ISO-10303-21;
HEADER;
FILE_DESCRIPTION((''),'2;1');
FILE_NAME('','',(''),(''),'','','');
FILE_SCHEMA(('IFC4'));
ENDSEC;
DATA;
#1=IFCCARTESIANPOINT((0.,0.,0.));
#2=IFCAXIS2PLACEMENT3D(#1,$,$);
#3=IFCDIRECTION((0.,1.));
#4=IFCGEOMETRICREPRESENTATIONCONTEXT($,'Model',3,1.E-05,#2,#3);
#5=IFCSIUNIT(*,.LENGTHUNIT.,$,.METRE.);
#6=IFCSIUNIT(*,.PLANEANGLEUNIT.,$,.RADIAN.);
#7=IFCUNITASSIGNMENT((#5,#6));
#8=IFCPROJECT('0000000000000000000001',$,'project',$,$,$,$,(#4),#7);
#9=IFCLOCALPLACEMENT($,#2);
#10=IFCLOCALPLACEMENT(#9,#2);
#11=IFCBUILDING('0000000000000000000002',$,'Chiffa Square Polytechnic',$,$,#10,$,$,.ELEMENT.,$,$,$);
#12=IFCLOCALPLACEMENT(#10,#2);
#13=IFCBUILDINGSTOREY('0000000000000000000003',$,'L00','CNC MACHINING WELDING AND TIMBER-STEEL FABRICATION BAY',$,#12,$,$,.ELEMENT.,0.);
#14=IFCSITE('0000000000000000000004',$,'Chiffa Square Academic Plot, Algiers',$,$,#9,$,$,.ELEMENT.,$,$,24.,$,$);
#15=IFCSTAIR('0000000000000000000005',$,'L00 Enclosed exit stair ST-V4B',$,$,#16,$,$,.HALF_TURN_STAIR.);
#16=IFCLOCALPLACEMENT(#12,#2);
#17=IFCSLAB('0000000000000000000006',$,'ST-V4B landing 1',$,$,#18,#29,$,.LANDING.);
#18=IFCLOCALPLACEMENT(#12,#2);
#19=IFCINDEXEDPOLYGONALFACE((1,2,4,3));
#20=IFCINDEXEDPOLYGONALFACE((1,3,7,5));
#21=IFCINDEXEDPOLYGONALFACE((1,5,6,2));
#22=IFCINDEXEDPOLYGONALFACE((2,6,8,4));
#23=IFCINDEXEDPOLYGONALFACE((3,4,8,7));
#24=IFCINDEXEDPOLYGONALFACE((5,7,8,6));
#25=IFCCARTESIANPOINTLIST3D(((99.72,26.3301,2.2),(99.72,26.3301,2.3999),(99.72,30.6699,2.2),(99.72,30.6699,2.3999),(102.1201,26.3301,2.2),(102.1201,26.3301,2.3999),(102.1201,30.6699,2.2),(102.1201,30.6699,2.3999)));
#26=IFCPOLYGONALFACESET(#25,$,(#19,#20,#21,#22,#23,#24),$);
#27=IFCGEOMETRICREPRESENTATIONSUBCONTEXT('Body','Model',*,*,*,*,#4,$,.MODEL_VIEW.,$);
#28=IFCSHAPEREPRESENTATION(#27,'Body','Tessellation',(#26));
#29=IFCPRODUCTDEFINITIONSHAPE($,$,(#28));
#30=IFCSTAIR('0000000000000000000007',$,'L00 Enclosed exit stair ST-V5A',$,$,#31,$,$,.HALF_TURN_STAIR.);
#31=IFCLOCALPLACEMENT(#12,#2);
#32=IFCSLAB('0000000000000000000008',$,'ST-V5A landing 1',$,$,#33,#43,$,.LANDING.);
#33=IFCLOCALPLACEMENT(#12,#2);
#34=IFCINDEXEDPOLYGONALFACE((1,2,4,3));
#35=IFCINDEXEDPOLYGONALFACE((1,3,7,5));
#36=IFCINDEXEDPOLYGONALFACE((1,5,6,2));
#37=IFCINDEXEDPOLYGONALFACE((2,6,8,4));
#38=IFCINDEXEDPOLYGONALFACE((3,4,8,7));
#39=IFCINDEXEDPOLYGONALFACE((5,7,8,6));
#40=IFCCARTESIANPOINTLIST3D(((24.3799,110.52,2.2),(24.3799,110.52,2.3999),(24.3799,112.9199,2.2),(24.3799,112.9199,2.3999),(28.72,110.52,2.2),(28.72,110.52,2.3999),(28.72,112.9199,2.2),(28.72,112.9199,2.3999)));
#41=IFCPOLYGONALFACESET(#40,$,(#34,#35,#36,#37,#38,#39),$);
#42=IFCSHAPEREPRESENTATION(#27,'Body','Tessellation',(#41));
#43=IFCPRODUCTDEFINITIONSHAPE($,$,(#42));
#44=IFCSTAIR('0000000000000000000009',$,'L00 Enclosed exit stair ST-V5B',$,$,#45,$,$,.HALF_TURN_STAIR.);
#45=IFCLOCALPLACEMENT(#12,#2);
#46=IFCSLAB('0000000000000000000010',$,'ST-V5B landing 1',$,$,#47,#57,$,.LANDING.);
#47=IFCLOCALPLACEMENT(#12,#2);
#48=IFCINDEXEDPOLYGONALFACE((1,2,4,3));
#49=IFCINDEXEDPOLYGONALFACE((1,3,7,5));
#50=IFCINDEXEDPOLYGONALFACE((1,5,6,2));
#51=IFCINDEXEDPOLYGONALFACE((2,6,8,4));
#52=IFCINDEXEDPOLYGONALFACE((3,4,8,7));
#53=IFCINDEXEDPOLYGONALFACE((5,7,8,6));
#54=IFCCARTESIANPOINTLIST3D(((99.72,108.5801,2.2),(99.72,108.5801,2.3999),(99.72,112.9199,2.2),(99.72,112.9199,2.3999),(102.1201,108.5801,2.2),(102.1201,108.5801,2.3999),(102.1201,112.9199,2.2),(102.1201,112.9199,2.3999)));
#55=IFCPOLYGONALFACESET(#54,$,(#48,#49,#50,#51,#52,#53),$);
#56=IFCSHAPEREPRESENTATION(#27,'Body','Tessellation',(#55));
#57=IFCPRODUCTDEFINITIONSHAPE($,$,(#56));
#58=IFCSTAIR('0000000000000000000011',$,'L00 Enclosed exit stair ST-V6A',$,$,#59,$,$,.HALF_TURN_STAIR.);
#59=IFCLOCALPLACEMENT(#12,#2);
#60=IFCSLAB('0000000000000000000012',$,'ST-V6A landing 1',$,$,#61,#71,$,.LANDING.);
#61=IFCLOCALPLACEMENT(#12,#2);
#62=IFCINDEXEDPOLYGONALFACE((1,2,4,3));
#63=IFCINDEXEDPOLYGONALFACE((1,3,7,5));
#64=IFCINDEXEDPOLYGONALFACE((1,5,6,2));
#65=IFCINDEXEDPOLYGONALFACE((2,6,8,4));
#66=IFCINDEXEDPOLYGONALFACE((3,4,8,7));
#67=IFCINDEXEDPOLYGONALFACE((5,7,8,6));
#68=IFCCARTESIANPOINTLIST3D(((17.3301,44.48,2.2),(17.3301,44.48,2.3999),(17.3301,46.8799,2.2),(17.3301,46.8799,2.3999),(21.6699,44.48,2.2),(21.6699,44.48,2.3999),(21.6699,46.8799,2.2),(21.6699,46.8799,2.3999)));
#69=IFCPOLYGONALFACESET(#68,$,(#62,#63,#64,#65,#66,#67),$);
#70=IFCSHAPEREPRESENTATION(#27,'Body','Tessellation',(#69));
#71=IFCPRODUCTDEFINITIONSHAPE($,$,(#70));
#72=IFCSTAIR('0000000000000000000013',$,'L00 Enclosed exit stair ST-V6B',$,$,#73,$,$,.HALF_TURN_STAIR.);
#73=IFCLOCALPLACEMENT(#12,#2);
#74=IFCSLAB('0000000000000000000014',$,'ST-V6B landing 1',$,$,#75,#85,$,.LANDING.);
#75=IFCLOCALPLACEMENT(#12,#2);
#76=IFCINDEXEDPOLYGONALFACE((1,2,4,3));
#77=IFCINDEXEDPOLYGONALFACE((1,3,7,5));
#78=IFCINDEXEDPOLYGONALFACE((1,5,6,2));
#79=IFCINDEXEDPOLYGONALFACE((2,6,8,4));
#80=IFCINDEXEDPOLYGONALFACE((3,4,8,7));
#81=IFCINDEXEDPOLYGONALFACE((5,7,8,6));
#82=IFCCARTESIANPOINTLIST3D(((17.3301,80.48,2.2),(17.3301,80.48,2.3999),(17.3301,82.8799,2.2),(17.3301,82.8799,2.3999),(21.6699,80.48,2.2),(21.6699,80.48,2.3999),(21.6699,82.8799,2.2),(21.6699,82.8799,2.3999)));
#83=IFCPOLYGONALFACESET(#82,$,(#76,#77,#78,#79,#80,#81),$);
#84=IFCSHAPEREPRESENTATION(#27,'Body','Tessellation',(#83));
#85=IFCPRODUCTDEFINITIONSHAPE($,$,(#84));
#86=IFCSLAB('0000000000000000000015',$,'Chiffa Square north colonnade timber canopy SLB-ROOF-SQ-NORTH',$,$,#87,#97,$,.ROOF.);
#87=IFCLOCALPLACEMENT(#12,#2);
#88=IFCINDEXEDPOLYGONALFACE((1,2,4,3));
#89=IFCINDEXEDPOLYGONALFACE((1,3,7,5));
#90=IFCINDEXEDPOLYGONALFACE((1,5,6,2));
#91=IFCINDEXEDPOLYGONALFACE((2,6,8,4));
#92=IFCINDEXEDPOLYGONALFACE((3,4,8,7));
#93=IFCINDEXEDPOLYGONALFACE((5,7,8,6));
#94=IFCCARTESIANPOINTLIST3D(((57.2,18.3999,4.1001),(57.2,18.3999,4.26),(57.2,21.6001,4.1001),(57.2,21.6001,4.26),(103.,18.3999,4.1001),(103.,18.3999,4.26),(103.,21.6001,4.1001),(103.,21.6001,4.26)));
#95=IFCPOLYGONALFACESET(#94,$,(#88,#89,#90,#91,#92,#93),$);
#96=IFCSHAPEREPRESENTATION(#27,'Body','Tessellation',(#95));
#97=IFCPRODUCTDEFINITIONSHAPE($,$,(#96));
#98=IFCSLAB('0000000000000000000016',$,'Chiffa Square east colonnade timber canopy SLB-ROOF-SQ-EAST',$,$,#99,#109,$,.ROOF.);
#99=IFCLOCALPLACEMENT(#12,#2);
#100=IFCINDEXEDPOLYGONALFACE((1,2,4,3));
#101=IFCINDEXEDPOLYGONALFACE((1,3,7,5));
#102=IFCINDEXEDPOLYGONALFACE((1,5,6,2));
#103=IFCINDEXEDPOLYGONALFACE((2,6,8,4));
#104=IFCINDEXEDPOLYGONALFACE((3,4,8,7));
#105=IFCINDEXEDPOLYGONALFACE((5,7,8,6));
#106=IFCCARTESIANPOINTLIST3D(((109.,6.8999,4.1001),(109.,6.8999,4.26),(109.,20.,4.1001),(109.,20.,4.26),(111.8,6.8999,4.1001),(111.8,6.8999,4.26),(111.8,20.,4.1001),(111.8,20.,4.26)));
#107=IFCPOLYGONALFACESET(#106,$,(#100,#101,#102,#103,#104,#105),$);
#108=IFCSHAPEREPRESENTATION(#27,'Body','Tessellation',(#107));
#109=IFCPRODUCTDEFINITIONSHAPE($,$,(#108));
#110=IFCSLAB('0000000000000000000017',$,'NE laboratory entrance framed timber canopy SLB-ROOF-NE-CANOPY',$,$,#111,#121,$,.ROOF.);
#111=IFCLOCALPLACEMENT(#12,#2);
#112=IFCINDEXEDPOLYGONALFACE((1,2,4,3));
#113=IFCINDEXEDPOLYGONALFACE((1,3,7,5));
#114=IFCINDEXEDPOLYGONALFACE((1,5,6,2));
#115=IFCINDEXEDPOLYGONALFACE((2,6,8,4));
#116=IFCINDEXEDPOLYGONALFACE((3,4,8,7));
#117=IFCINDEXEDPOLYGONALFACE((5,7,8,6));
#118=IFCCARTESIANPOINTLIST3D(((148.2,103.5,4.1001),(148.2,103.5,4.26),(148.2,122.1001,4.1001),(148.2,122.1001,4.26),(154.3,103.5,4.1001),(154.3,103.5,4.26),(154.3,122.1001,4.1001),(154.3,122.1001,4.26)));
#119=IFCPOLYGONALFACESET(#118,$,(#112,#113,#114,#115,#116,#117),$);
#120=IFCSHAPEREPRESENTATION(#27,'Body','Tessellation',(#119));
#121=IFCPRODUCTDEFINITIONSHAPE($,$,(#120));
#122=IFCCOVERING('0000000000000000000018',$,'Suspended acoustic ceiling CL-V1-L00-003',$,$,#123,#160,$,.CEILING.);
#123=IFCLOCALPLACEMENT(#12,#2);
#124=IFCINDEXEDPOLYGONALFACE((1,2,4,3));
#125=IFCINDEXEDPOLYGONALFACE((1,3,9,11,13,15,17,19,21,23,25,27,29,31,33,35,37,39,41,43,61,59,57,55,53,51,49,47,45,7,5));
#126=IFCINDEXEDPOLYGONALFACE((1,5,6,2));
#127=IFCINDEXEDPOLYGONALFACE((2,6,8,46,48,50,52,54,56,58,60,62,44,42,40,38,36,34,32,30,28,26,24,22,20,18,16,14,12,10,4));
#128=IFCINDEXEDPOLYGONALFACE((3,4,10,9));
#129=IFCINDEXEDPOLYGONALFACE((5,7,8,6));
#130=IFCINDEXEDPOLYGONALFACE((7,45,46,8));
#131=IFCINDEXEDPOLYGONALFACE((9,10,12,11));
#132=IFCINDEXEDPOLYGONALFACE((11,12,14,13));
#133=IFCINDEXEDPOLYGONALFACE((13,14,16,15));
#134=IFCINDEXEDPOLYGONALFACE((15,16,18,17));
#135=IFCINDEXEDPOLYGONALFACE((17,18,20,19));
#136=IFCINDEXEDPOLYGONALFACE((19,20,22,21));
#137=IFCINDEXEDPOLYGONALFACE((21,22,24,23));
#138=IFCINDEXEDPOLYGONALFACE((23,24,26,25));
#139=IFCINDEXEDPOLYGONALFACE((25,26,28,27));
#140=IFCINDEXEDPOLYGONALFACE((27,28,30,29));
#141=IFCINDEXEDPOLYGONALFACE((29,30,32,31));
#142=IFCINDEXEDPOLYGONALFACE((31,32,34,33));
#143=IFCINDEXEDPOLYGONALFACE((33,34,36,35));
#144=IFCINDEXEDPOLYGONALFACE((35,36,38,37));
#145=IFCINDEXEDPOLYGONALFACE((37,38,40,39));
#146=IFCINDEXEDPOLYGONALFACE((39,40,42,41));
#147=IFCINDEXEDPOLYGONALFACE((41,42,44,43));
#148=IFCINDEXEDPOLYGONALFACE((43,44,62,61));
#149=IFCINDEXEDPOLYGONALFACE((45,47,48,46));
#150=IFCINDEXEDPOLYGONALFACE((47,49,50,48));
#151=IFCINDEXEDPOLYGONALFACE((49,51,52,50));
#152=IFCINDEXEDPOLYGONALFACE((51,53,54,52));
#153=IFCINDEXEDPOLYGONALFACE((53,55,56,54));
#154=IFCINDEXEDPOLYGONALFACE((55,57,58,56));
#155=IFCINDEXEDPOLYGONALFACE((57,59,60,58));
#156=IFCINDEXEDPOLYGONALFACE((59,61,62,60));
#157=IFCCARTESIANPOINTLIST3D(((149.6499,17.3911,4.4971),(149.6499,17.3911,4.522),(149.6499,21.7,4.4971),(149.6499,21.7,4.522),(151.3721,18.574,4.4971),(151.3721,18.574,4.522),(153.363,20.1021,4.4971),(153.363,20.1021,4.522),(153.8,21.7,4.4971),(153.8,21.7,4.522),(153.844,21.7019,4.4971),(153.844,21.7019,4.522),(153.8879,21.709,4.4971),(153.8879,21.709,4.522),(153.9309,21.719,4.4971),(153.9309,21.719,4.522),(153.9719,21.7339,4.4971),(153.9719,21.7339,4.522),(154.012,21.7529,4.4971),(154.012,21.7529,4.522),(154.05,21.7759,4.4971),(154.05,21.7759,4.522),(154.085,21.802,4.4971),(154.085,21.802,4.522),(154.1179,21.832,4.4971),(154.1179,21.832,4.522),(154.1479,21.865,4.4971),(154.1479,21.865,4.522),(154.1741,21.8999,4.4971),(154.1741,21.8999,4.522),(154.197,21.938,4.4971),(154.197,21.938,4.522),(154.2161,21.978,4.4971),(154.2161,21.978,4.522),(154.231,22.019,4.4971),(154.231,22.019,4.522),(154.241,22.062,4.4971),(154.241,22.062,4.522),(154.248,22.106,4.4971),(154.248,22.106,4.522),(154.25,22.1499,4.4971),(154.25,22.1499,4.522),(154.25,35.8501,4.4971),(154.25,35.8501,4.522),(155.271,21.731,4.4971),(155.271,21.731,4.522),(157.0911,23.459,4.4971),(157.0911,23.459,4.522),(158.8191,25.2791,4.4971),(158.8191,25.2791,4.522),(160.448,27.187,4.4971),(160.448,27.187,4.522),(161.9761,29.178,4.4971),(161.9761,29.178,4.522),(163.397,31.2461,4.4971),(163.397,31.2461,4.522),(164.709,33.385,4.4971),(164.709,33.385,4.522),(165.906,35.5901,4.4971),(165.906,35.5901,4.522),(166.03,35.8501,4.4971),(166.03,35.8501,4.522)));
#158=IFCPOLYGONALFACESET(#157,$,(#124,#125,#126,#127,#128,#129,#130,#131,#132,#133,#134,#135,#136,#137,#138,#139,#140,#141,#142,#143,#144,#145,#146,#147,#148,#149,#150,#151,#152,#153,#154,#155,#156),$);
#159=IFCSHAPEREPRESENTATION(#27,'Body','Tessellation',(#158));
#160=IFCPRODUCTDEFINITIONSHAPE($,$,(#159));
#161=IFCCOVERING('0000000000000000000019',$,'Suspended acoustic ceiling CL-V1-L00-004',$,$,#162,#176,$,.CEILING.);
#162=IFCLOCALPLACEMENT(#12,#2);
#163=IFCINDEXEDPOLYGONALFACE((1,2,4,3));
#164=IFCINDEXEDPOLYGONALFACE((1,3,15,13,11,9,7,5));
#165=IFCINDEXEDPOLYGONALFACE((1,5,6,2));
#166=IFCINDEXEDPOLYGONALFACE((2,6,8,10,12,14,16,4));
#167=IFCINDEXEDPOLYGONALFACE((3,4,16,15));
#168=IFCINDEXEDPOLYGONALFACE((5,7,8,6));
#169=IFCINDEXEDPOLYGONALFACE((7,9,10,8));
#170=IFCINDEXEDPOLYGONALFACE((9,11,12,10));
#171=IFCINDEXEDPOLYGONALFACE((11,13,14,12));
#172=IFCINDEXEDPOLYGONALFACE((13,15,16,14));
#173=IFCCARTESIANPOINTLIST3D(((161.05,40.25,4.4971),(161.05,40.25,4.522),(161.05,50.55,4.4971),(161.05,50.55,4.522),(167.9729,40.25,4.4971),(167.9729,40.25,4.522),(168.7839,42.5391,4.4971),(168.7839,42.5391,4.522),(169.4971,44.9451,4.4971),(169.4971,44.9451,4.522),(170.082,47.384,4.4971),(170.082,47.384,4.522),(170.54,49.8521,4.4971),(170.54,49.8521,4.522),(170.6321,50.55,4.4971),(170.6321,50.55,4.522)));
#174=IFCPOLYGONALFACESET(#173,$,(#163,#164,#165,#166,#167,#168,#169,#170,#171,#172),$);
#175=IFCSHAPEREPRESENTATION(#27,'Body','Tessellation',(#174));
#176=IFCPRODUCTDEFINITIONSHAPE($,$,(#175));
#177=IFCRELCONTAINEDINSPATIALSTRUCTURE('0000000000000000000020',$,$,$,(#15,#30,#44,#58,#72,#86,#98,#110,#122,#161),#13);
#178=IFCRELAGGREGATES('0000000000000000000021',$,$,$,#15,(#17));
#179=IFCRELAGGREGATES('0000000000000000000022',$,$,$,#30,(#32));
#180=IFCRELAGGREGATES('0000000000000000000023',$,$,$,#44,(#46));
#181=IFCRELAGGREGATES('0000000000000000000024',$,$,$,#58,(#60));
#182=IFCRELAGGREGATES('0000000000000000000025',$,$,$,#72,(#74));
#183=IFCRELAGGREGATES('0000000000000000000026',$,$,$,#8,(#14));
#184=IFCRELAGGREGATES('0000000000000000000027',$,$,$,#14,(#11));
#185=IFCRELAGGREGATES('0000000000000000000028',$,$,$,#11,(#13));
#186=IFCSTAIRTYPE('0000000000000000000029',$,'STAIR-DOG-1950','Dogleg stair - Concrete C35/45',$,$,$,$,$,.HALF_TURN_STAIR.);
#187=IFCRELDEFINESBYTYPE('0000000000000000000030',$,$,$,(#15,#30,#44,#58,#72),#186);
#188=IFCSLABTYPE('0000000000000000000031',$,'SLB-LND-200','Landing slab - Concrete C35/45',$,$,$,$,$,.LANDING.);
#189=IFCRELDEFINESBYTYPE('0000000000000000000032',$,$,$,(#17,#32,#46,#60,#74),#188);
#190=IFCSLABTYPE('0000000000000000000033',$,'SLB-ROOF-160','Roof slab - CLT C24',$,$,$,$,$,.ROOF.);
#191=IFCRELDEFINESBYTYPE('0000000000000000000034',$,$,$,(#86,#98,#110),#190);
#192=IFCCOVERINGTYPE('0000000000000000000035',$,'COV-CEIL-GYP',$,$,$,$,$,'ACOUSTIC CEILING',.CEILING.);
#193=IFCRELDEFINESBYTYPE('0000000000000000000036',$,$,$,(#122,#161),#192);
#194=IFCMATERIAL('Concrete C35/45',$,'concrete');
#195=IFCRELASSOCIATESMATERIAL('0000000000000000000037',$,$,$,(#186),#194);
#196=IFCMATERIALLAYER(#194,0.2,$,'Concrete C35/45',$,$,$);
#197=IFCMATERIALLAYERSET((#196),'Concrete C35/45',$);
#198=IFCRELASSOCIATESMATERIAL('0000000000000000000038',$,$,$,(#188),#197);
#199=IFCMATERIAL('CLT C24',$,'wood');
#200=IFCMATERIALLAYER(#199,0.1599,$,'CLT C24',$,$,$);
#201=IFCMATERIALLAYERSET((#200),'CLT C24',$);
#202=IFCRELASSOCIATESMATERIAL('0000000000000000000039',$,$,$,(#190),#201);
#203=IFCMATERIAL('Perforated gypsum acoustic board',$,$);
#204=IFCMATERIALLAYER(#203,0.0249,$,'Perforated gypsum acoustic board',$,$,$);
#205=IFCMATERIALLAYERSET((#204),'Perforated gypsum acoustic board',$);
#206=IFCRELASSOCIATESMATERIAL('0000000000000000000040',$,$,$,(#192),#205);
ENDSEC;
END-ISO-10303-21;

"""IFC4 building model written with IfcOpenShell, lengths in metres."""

from ifc_helpers import new_model, si_unit, direction, frame, origin, place, context, subcontext, project, spatial, polyline, outline, extrude, material, layer, layer_set, type_object, element, aggregate, save


model = new_model("IFC4")

# Units and contexts
model_context = context("Model", 3, precision=1e-05, world=origin(), true_north=direction((0.0, 1.0)))
body_context = subcontext(model_context, "Body", "Model", "MODEL_VIEW")
ifc_project = project(units=[si_unit("LENGTHUNIT", "METRE"), si_unit("PLANEANGLEUNIT", "RADIAN")], contexts=[model_context])

# Site, building, storey
site_placement = place(None, origin())
site = spatial("IfcSite", under=ifc_project, at=site_placement, Name="Chiffa Square Academic Plot, Algiers", CompositionType="ELEMENT", RefElevation=24.0)
building_placement = place(site_placement, origin())
building = spatial("IfcBuilding", under=site, at=building_placement, Name="Chiffa Square Polytechnic", CompositionType="ELEMENT")
storey_placement = place(building_placement, origin())
storey = spatial("IfcBuildingStorey", under=building, at=storey_placement, Name="L00", Description="CNC MACHINING WELDING AND TIMBER-STEEL FABRICATION BAY", CompositionType="ELEMENT", Elevation=0.0)

# Stairs, slabs
ifc_material_1 = material(Name="Concrete C35/45", Category="concrete")
stair_type_1 = type_object("IfcStairType", Name="STAIR-DOG-1950", Description="Dogleg stair - Concrete C35/45", PredefinedType="HALF_TURN_STAIR", material=ifc_material_1)
ifc_layer_1 = layer(ifc_material_1, 0.2, Name="Concrete C35/45")
ifc_layer_set_1 = layer_set([ifc_layer_1], Name="Concrete C35/45")
slab_type_1 = type_object("IfcSlabType", Name="SLB-LND-200", Description="Landing slab - Concrete C35/45", PredefinedType="LANDING", material=ifc_layer_set_1)
stair_1_placement = place(storey_placement, origin())
stair_1 = element("IfcStair", 1, at=stair_1_placement, inside=storey, type_object=stair_type_1, Name="L00 Enclosed exit stair ST-V4B", PredefinedType="HALF_TURN_STAIR")
slab_1_placement = place(storey_placement, frame((0.0, 0.0, 2.2)))
slab_1 = element("IfcSlab", 2, at=slab_1_placement, type_object=slab_type_1, Name="ST-V4B landing 1", PredefinedType="LANDING", context=body_context, shape_type="SweptSolid", body=[
    extrude(outline(polyline([(99.72, 26.3301), (99.72, 30.6699), (102.1201, 30.6699), (102.1201, 26.3301), (99.72, 26.3301)])), origin(), (0.0, 0.0, 1.0), 0.2),
])
aggregate(stair_1, [slab_1])
stair_2_placement = place(storey_placement, origin())
stair_2 = element("IfcStair", 3, at=stair_2_placement, inside=storey, type_object=stair_type_1, Name="L00 Enclosed exit stair ST-V5A", PredefinedType="HALF_TURN_STAIR")
slab_2_placement = place(storey_placement, frame((0.0, 0.0, 2.2)))
slab_2 = element("IfcSlab", 4, at=slab_2_placement, type_object=slab_type_1, Name="ST-V5A landing 1", PredefinedType="LANDING", context=body_context, shape_type="SweptSolid", body=[
    extrude(outline(polyline([(28.72, 110.52), (24.3799, 110.52), (24.3799, 112.9199), (28.72, 112.9199), (28.72, 110.52)])), origin(), (0.0, 0.0, 1.0), 0.2),
])
aggregate(stair_2, [slab_2])
stair_3_placement = place(storey_placement, origin())
stair_3 = element("IfcStair", 5, at=stair_3_placement, inside=storey, type_object=stair_type_1, Name="L00 Enclosed exit stair ST-V5B", PredefinedType="HALF_TURN_STAIR")
slab_3_placement = place(storey_placement, frame((0.0, 0.0, 2.2)))
slab_3 = element("IfcSlab", 6, at=slab_3_placement, type_object=slab_type_1, Name="ST-V5B landing 1", PredefinedType="LANDING", context=body_context, shape_type="SweptSolid", body=[
    extrude(outline(polyline([(99.72, 108.5801), (99.72, 112.9199), (102.1201, 112.9199), (102.1201, 108.5801), (99.72, 108.5801)])), origin(), (0.0, 0.0, 1.0), 0.2),
])
aggregate(stair_3, [slab_3])
stair_4_placement = place(storey_placement, origin())
stair_4 = element("IfcStair", 7, at=stair_4_placement, inside=storey, type_object=stair_type_1, Name="L00 Enclosed exit stair ST-V6A", PredefinedType="HALF_TURN_STAIR")
slab_4_placement = place(storey_placement, frame((0.0, 0.0, 2.2)))
slab_4 = element("IfcSlab", 8, at=slab_4_placement, type_object=slab_type_1, Name="ST-V6A landing 1", PredefinedType="LANDING", context=body_context, shape_type="SweptSolid", body=[
    extrude(outline(polyline([(17.3301, 46.8799), (21.6699, 46.8799), (21.6699, 44.48), (17.3301, 44.48), (17.3301, 46.8799)])), origin(), (0.0, 0.0, 1.0), 0.2),
])
aggregate(stair_4, [slab_4])
stair_5_placement = place(storey_placement, origin())
stair_5 = element("IfcStair", 9, at=stair_5_placement, inside=storey, type_object=stair_type_1, Name="L00 Enclosed exit stair ST-V6B", PredefinedType="HALF_TURN_STAIR")
slab_5_placement = place(storey_placement, frame((0.0, 0.0, 2.2)))
slab_5 = element("IfcSlab", 10, at=slab_5_placement, type_object=slab_type_1, Name="ST-V6B landing 1", PredefinedType="LANDING", context=body_context, shape_type="SweptSolid", body=[
    extrude(outline(polyline([(17.3301, 82.8799), (21.6699, 82.8799), (21.6699, 80.48), (17.3301, 80.48), (17.3301, 82.8799)])), origin(), (0.0, 0.0, 1.0), 0.2),
])
aggregate(stair_5, [slab_5])

# Slabs
ifc_material_2 = material(Name="CLT C24", Category="wood")
ifc_layer_2 = layer(ifc_material_2, 0.1599, Name="CLT C24")
ifc_layer_set_2 = layer_set([ifc_layer_2], Name="CLT C24")
slab_type_2 = type_object("IfcSlabType", Name="SLB-ROOF-160", Description="Roof slab - CLT C24", PredefinedType="ROOF", material=ifc_layer_set_2)
slab_6_placement = place(storey_placement, frame((0.0, 0.0, 4.1001)))
element("IfcSlab", 11, at=slab_6_placement, inside=storey, type_object=slab_type_2, Name="Chiffa Square north colonnade timber canopy SLB-ROOF-SQ-NORTH", PredefinedType="ROOF", context=body_context, shape_type="SweptSolid", body=[
    extrude(outline(polyline([(57.2, 18.3999), (103.0, 18.3999), (103.0, 21.6001), (57.2, 21.6001), (57.2, 18.3999)])), origin(), (0.0, 0.0, 1.0), 0.1599),
])
slab_7_placement = place(storey_placement, frame((0.0, 0.0, 4.1001)))
element("IfcSlab", 12, at=slab_7_placement, inside=storey, type_object=slab_type_2, Name="Chiffa Square east colonnade timber canopy SLB-ROOF-SQ-EAST", PredefinedType="ROOF", context=body_context, shape_type="SweptSolid", body=[
    extrude(outline(polyline([(109.0, 6.8999), (111.8, 6.8999), (111.8, 20.0), (109.0, 20.0), (109.0, 6.8999)])), origin(), (0.0, 0.0, 1.0), 0.1599),
])
slab_8_placement = place(storey_placement, frame((0.0, 0.0, 4.1001)))
element("IfcSlab", 13, at=slab_8_placement, inside=storey, type_object=slab_type_2, Name="NE laboratory entrance framed timber canopy SLB-ROOF-NE-CANOPY", PredefinedType="ROOF", context=body_context, shape_type="SweptSolid", body=[
    extrude(outline(polyline([(148.2, 103.5), (154.3, 103.5), (154.3, 122.1001), (148.2, 122.1001), (148.2, 103.5)])), origin(), (0.0, 0.0, 1.0), 0.1599),
])

# Coverings
ifc_material_3 = material(Name="Perforated gypsum acoustic board")
ifc_layer_3 = layer(ifc_material_3, 0.0249, Name="Perforated gypsum acoustic board")
ifc_layer_set_3 = layer_set([ifc_layer_3], Name="Perforated gypsum acoustic board")
covering_type_1 = type_object("IfcCoveringType", Name="COV-CEIL-GYP", ElementType="ACOUSTIC CEILING", PredefinedType="CEILING", material=ifc_layer_set_3)
covering_1_placement = place(storey_placement, frame((0.0, 0.0, 4.4971)))
element("IfcCovering", 14, at=covering_1_placement, inside=storey, type_object=covering_type_1, Name="Suspended acoustic ceiling CL-V1-L00-003", PredefinedType="CEILING", context=body_context, shape_type="SweptSolid", body=[
    extrude(outline(polyline([(149.6499, 17.3911), (149.6499, 21.7), (153.8, 21.7), (153.844, 21.7019), (153.8879, 21.709), (153.9309, 21.719), (153.9719, 21.7339), (154.012, 21.7529), (154.05, 21.7759), (154.085, 21.802), (154.1179, 21.832), (154.1479, 21.865), (154.1741, 21.8999), (154.197, 21.938), (154.2161, 21.978), (154.231, 22.019), (154.241, 22.062), (154.248, 22.106), (154.25, 22.1499), (154.25, 35.8501), (166.03, 35.8501), (165.906, 35.5901), (164.709, 33.385), (163.397, 31.2461), (161.9761, 29.178), (160.448, 27.187), (158.8191, 25.2791), (157.0911, 23.459), (155.271, 21.731), (153.363, 20.1021), (151.3721, 18.574), (149.6499, 17.3911)])), origin(), (0.0, 0.0, 1.0), 0.0249),
])
covering_2_placement = place(storey_placement, frame((0.0, 0.0, 4.4971)))
element("IfcCovering", 15, at=covering_2_placement, inside=storey, type_object=covering_type_1, Name="Suspended acoustic ceiling CL-V1-L00-004", PredefinedType="CEILING", context=body_context, shape_type="SweptSolid", body=[
    extrude(outline(polyline([(161.05, 40.25), (161.05, 50.55), (170.6321, 50.55), (170.54, 49.8521), (170.082, 47.384), (169.4971, 44.9451), (168.7839, 42.5391), (167.9729, 40.25), (161.05, 40.25)])), origin(), (0.0, 0.0, 1.0), 0.0249),
])

save(model, "model.ifc")
